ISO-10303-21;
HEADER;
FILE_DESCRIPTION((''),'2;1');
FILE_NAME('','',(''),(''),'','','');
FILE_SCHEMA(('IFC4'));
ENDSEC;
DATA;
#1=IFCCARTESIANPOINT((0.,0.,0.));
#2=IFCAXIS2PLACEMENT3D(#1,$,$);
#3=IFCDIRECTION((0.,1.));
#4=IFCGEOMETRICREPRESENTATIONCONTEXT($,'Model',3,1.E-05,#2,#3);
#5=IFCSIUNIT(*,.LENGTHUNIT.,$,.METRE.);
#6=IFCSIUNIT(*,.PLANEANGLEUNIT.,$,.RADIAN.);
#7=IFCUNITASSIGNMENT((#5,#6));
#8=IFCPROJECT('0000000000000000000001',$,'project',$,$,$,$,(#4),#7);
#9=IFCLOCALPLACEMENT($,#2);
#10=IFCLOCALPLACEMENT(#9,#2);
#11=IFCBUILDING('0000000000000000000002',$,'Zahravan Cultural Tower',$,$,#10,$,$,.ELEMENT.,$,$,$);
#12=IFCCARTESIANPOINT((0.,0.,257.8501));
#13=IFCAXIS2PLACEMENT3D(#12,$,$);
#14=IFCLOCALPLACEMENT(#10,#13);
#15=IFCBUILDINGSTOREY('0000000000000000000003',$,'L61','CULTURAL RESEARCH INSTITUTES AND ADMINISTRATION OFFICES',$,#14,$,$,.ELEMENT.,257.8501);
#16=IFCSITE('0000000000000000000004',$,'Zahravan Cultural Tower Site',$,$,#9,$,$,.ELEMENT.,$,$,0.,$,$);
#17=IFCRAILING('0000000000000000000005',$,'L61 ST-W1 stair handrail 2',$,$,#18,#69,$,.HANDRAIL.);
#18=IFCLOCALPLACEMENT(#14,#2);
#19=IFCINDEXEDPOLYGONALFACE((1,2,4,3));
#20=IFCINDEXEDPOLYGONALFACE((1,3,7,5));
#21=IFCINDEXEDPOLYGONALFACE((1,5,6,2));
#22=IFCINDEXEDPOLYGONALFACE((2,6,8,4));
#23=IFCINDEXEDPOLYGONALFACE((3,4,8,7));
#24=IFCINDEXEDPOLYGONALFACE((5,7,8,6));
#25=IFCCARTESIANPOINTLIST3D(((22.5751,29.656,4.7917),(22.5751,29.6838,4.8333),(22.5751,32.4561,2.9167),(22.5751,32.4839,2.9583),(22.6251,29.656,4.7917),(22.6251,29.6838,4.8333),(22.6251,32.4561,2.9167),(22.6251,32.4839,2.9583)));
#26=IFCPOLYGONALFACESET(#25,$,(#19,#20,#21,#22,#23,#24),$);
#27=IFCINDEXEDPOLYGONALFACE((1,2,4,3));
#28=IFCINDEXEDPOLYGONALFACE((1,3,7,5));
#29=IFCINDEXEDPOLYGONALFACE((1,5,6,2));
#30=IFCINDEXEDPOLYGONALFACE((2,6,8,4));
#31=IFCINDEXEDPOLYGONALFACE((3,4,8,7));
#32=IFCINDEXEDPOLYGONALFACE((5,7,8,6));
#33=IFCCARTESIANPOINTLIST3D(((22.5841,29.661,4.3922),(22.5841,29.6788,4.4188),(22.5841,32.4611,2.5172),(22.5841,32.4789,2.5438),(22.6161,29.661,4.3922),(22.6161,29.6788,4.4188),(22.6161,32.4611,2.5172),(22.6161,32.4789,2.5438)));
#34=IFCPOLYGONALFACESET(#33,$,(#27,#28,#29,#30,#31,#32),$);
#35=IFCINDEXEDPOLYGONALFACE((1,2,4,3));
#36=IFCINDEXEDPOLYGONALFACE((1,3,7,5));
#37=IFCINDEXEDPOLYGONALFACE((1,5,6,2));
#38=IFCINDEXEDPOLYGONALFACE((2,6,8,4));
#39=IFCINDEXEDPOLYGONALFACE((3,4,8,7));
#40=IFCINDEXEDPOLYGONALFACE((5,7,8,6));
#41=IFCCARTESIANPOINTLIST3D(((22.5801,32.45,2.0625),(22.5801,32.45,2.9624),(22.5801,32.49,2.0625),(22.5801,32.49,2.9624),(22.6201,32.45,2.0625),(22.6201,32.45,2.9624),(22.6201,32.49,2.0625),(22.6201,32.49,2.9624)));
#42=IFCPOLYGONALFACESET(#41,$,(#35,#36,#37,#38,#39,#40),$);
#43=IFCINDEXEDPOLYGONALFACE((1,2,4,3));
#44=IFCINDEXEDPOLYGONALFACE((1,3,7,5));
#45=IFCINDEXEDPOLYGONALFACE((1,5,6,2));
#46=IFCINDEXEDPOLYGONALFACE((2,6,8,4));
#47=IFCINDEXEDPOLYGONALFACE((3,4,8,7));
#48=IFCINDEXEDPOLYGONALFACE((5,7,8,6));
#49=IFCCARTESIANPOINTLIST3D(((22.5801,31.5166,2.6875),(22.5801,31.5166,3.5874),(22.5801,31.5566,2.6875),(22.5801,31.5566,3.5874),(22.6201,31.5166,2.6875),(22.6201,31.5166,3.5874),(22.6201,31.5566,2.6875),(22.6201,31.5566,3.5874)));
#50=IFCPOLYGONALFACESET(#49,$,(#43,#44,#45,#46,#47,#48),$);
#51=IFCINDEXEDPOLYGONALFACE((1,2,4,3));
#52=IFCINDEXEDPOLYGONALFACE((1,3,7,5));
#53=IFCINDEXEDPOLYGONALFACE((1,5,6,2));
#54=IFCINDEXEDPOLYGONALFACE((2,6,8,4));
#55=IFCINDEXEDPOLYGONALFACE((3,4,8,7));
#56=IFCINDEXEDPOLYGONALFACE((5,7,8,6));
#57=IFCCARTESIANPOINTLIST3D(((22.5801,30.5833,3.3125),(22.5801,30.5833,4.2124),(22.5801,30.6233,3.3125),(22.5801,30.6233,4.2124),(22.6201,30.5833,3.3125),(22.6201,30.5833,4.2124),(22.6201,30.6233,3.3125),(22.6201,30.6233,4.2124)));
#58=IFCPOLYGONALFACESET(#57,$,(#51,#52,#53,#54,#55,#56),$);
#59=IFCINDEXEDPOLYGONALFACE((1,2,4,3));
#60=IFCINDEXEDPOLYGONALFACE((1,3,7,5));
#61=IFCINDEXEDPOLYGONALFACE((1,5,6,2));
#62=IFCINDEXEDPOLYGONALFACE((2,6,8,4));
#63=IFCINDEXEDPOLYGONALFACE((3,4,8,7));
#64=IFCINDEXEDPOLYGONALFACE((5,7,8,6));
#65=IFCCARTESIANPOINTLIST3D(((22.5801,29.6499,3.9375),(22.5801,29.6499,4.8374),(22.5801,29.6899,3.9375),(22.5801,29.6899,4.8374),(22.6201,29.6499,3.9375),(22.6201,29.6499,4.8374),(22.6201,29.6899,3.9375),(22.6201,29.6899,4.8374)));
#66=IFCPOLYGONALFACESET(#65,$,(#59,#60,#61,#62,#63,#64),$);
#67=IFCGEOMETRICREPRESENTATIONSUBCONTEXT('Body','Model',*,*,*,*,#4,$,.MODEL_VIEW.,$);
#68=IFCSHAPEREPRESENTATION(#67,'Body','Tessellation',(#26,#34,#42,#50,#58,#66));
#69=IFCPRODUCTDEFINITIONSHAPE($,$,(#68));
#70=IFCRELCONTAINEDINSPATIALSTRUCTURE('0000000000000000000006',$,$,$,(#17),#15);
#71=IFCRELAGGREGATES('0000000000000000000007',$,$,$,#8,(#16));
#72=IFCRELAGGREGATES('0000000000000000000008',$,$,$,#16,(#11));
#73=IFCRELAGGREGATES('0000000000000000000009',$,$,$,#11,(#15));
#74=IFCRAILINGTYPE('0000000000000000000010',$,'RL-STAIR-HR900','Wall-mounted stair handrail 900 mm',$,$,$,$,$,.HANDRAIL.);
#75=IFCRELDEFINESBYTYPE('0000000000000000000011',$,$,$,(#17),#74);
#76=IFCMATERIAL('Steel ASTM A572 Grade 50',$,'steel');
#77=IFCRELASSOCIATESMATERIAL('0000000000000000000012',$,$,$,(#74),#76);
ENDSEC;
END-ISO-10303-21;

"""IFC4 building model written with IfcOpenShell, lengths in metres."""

from ifc_helpers import new_model, si_unit, direction, frame, origin, origin_2d, place, context, subcontext, project, spatial, rectangle, extrude, material, type_object, element, save


model = new_model("IFC4")

# Units and contexts
model_context = context("Model", 3, precision=1e-05, world=origin(), true_north=direction((0.0, 1.0)))
body_context = subcontext(model_context, "Body", "Model", "MODEL_VIEW")
ifc_project = project(units=[si_unit("LENGTHUNIT", "METRE"), si_unit("PLANEANGLEUNIT", "RADIAN")], contexts=[model_context])

# Site, building, storey
site_placement = place(None, origin())
site = spatial("IfcSite", under=ifc_project, at=site_placement, Name="Zahravan Cultural Tower Site", CompositionType="ELEMENT", RefElevation=0.0)
building_placement = place(site_placement, origin())
building = spatial("IfcBuilding", under=site, at=building_placement, Name="Zahravan Cultural Tower", CompositionType="ELEMENT")
storey_placement = place(building_placement, frame((0.0, 0.0, 257.8501)))
storey = spatial("IfcBuildingStorey", under=building, at=storey_placement, Name="L61", Description="CULTURAL RESEARCH INSTITUTES AND ADMINISTRATION OFFICES", CompositionType="ELEMENT", Elevation=257.8501)

# Railing
ifc_material_1 = material(Name="Steel ASTM A572 Grade 50", Category="steel")
railing_type_1 = type_object("IfcRailingType", Name="RL-STAIR-HR900", Description="Wall-mounted stair handrail 900 mm", PredefinedType="HANDRAIL", material=ifc_material_1)
railing_1_placement = place(storey_placement, frame((22.6001, 32.47, 2.0625)))
element("IfcRailing", 1, at=railing_1_placement, inside=storey, type_object=railing_type_1, Name="L61 ST-W1 stair handrail 2", PredefinedType="HANDRAIL", context=body_context, shape_type="SweptSolid", body=[
    extrude(rectangle(XDim=0.05, YDim=0.05, at=origin_2d()), frame((0.0, 0.0, 0.875), z_axis=(0.0, -0.830912, 0.556404), x_axis=(1.0, 0.0, 0.0)), (0.0, 0.0, 1.0), 3.3699),
    extrude(rectangle(XDim=0.032, YDim=0.032, at=origin_2d()), frame((0.0, 0.0, 0.468), z_axis=(0.0, -0.830912, 0.556404), x_axis=(1.0, 0.0, 0.0)), (0.0, 0.0, 1.0), 3.3699),
    extrude(rectangle(XDim=0.04, YDim=0.04, at=origin_2d()), origin(), (0.0, 0.0, 1.0), 0.8999),
    extrude(rectangle(XDim=0.04, YDim=0.04, at=origin_2d()), frame((0.0, -0.9333, 0.625)), (0.0, 0.0, 1.0), 0.8999),
    extrude(rectangle(XDim=0.04, YDim=0.04, at=origin_2d()), frame((0.0, -1.8667, 1.25)), (0.0, 0.0, 1.0), 0.8999),
    extrude(rectangle(XDim=0.04, YDim=0.04, at=origin_2d()), frame((0.0, -2.8, 1.875)), (0.0, 0.0, 1.0), 0.8999),
])

save(model, "model.ifc")
